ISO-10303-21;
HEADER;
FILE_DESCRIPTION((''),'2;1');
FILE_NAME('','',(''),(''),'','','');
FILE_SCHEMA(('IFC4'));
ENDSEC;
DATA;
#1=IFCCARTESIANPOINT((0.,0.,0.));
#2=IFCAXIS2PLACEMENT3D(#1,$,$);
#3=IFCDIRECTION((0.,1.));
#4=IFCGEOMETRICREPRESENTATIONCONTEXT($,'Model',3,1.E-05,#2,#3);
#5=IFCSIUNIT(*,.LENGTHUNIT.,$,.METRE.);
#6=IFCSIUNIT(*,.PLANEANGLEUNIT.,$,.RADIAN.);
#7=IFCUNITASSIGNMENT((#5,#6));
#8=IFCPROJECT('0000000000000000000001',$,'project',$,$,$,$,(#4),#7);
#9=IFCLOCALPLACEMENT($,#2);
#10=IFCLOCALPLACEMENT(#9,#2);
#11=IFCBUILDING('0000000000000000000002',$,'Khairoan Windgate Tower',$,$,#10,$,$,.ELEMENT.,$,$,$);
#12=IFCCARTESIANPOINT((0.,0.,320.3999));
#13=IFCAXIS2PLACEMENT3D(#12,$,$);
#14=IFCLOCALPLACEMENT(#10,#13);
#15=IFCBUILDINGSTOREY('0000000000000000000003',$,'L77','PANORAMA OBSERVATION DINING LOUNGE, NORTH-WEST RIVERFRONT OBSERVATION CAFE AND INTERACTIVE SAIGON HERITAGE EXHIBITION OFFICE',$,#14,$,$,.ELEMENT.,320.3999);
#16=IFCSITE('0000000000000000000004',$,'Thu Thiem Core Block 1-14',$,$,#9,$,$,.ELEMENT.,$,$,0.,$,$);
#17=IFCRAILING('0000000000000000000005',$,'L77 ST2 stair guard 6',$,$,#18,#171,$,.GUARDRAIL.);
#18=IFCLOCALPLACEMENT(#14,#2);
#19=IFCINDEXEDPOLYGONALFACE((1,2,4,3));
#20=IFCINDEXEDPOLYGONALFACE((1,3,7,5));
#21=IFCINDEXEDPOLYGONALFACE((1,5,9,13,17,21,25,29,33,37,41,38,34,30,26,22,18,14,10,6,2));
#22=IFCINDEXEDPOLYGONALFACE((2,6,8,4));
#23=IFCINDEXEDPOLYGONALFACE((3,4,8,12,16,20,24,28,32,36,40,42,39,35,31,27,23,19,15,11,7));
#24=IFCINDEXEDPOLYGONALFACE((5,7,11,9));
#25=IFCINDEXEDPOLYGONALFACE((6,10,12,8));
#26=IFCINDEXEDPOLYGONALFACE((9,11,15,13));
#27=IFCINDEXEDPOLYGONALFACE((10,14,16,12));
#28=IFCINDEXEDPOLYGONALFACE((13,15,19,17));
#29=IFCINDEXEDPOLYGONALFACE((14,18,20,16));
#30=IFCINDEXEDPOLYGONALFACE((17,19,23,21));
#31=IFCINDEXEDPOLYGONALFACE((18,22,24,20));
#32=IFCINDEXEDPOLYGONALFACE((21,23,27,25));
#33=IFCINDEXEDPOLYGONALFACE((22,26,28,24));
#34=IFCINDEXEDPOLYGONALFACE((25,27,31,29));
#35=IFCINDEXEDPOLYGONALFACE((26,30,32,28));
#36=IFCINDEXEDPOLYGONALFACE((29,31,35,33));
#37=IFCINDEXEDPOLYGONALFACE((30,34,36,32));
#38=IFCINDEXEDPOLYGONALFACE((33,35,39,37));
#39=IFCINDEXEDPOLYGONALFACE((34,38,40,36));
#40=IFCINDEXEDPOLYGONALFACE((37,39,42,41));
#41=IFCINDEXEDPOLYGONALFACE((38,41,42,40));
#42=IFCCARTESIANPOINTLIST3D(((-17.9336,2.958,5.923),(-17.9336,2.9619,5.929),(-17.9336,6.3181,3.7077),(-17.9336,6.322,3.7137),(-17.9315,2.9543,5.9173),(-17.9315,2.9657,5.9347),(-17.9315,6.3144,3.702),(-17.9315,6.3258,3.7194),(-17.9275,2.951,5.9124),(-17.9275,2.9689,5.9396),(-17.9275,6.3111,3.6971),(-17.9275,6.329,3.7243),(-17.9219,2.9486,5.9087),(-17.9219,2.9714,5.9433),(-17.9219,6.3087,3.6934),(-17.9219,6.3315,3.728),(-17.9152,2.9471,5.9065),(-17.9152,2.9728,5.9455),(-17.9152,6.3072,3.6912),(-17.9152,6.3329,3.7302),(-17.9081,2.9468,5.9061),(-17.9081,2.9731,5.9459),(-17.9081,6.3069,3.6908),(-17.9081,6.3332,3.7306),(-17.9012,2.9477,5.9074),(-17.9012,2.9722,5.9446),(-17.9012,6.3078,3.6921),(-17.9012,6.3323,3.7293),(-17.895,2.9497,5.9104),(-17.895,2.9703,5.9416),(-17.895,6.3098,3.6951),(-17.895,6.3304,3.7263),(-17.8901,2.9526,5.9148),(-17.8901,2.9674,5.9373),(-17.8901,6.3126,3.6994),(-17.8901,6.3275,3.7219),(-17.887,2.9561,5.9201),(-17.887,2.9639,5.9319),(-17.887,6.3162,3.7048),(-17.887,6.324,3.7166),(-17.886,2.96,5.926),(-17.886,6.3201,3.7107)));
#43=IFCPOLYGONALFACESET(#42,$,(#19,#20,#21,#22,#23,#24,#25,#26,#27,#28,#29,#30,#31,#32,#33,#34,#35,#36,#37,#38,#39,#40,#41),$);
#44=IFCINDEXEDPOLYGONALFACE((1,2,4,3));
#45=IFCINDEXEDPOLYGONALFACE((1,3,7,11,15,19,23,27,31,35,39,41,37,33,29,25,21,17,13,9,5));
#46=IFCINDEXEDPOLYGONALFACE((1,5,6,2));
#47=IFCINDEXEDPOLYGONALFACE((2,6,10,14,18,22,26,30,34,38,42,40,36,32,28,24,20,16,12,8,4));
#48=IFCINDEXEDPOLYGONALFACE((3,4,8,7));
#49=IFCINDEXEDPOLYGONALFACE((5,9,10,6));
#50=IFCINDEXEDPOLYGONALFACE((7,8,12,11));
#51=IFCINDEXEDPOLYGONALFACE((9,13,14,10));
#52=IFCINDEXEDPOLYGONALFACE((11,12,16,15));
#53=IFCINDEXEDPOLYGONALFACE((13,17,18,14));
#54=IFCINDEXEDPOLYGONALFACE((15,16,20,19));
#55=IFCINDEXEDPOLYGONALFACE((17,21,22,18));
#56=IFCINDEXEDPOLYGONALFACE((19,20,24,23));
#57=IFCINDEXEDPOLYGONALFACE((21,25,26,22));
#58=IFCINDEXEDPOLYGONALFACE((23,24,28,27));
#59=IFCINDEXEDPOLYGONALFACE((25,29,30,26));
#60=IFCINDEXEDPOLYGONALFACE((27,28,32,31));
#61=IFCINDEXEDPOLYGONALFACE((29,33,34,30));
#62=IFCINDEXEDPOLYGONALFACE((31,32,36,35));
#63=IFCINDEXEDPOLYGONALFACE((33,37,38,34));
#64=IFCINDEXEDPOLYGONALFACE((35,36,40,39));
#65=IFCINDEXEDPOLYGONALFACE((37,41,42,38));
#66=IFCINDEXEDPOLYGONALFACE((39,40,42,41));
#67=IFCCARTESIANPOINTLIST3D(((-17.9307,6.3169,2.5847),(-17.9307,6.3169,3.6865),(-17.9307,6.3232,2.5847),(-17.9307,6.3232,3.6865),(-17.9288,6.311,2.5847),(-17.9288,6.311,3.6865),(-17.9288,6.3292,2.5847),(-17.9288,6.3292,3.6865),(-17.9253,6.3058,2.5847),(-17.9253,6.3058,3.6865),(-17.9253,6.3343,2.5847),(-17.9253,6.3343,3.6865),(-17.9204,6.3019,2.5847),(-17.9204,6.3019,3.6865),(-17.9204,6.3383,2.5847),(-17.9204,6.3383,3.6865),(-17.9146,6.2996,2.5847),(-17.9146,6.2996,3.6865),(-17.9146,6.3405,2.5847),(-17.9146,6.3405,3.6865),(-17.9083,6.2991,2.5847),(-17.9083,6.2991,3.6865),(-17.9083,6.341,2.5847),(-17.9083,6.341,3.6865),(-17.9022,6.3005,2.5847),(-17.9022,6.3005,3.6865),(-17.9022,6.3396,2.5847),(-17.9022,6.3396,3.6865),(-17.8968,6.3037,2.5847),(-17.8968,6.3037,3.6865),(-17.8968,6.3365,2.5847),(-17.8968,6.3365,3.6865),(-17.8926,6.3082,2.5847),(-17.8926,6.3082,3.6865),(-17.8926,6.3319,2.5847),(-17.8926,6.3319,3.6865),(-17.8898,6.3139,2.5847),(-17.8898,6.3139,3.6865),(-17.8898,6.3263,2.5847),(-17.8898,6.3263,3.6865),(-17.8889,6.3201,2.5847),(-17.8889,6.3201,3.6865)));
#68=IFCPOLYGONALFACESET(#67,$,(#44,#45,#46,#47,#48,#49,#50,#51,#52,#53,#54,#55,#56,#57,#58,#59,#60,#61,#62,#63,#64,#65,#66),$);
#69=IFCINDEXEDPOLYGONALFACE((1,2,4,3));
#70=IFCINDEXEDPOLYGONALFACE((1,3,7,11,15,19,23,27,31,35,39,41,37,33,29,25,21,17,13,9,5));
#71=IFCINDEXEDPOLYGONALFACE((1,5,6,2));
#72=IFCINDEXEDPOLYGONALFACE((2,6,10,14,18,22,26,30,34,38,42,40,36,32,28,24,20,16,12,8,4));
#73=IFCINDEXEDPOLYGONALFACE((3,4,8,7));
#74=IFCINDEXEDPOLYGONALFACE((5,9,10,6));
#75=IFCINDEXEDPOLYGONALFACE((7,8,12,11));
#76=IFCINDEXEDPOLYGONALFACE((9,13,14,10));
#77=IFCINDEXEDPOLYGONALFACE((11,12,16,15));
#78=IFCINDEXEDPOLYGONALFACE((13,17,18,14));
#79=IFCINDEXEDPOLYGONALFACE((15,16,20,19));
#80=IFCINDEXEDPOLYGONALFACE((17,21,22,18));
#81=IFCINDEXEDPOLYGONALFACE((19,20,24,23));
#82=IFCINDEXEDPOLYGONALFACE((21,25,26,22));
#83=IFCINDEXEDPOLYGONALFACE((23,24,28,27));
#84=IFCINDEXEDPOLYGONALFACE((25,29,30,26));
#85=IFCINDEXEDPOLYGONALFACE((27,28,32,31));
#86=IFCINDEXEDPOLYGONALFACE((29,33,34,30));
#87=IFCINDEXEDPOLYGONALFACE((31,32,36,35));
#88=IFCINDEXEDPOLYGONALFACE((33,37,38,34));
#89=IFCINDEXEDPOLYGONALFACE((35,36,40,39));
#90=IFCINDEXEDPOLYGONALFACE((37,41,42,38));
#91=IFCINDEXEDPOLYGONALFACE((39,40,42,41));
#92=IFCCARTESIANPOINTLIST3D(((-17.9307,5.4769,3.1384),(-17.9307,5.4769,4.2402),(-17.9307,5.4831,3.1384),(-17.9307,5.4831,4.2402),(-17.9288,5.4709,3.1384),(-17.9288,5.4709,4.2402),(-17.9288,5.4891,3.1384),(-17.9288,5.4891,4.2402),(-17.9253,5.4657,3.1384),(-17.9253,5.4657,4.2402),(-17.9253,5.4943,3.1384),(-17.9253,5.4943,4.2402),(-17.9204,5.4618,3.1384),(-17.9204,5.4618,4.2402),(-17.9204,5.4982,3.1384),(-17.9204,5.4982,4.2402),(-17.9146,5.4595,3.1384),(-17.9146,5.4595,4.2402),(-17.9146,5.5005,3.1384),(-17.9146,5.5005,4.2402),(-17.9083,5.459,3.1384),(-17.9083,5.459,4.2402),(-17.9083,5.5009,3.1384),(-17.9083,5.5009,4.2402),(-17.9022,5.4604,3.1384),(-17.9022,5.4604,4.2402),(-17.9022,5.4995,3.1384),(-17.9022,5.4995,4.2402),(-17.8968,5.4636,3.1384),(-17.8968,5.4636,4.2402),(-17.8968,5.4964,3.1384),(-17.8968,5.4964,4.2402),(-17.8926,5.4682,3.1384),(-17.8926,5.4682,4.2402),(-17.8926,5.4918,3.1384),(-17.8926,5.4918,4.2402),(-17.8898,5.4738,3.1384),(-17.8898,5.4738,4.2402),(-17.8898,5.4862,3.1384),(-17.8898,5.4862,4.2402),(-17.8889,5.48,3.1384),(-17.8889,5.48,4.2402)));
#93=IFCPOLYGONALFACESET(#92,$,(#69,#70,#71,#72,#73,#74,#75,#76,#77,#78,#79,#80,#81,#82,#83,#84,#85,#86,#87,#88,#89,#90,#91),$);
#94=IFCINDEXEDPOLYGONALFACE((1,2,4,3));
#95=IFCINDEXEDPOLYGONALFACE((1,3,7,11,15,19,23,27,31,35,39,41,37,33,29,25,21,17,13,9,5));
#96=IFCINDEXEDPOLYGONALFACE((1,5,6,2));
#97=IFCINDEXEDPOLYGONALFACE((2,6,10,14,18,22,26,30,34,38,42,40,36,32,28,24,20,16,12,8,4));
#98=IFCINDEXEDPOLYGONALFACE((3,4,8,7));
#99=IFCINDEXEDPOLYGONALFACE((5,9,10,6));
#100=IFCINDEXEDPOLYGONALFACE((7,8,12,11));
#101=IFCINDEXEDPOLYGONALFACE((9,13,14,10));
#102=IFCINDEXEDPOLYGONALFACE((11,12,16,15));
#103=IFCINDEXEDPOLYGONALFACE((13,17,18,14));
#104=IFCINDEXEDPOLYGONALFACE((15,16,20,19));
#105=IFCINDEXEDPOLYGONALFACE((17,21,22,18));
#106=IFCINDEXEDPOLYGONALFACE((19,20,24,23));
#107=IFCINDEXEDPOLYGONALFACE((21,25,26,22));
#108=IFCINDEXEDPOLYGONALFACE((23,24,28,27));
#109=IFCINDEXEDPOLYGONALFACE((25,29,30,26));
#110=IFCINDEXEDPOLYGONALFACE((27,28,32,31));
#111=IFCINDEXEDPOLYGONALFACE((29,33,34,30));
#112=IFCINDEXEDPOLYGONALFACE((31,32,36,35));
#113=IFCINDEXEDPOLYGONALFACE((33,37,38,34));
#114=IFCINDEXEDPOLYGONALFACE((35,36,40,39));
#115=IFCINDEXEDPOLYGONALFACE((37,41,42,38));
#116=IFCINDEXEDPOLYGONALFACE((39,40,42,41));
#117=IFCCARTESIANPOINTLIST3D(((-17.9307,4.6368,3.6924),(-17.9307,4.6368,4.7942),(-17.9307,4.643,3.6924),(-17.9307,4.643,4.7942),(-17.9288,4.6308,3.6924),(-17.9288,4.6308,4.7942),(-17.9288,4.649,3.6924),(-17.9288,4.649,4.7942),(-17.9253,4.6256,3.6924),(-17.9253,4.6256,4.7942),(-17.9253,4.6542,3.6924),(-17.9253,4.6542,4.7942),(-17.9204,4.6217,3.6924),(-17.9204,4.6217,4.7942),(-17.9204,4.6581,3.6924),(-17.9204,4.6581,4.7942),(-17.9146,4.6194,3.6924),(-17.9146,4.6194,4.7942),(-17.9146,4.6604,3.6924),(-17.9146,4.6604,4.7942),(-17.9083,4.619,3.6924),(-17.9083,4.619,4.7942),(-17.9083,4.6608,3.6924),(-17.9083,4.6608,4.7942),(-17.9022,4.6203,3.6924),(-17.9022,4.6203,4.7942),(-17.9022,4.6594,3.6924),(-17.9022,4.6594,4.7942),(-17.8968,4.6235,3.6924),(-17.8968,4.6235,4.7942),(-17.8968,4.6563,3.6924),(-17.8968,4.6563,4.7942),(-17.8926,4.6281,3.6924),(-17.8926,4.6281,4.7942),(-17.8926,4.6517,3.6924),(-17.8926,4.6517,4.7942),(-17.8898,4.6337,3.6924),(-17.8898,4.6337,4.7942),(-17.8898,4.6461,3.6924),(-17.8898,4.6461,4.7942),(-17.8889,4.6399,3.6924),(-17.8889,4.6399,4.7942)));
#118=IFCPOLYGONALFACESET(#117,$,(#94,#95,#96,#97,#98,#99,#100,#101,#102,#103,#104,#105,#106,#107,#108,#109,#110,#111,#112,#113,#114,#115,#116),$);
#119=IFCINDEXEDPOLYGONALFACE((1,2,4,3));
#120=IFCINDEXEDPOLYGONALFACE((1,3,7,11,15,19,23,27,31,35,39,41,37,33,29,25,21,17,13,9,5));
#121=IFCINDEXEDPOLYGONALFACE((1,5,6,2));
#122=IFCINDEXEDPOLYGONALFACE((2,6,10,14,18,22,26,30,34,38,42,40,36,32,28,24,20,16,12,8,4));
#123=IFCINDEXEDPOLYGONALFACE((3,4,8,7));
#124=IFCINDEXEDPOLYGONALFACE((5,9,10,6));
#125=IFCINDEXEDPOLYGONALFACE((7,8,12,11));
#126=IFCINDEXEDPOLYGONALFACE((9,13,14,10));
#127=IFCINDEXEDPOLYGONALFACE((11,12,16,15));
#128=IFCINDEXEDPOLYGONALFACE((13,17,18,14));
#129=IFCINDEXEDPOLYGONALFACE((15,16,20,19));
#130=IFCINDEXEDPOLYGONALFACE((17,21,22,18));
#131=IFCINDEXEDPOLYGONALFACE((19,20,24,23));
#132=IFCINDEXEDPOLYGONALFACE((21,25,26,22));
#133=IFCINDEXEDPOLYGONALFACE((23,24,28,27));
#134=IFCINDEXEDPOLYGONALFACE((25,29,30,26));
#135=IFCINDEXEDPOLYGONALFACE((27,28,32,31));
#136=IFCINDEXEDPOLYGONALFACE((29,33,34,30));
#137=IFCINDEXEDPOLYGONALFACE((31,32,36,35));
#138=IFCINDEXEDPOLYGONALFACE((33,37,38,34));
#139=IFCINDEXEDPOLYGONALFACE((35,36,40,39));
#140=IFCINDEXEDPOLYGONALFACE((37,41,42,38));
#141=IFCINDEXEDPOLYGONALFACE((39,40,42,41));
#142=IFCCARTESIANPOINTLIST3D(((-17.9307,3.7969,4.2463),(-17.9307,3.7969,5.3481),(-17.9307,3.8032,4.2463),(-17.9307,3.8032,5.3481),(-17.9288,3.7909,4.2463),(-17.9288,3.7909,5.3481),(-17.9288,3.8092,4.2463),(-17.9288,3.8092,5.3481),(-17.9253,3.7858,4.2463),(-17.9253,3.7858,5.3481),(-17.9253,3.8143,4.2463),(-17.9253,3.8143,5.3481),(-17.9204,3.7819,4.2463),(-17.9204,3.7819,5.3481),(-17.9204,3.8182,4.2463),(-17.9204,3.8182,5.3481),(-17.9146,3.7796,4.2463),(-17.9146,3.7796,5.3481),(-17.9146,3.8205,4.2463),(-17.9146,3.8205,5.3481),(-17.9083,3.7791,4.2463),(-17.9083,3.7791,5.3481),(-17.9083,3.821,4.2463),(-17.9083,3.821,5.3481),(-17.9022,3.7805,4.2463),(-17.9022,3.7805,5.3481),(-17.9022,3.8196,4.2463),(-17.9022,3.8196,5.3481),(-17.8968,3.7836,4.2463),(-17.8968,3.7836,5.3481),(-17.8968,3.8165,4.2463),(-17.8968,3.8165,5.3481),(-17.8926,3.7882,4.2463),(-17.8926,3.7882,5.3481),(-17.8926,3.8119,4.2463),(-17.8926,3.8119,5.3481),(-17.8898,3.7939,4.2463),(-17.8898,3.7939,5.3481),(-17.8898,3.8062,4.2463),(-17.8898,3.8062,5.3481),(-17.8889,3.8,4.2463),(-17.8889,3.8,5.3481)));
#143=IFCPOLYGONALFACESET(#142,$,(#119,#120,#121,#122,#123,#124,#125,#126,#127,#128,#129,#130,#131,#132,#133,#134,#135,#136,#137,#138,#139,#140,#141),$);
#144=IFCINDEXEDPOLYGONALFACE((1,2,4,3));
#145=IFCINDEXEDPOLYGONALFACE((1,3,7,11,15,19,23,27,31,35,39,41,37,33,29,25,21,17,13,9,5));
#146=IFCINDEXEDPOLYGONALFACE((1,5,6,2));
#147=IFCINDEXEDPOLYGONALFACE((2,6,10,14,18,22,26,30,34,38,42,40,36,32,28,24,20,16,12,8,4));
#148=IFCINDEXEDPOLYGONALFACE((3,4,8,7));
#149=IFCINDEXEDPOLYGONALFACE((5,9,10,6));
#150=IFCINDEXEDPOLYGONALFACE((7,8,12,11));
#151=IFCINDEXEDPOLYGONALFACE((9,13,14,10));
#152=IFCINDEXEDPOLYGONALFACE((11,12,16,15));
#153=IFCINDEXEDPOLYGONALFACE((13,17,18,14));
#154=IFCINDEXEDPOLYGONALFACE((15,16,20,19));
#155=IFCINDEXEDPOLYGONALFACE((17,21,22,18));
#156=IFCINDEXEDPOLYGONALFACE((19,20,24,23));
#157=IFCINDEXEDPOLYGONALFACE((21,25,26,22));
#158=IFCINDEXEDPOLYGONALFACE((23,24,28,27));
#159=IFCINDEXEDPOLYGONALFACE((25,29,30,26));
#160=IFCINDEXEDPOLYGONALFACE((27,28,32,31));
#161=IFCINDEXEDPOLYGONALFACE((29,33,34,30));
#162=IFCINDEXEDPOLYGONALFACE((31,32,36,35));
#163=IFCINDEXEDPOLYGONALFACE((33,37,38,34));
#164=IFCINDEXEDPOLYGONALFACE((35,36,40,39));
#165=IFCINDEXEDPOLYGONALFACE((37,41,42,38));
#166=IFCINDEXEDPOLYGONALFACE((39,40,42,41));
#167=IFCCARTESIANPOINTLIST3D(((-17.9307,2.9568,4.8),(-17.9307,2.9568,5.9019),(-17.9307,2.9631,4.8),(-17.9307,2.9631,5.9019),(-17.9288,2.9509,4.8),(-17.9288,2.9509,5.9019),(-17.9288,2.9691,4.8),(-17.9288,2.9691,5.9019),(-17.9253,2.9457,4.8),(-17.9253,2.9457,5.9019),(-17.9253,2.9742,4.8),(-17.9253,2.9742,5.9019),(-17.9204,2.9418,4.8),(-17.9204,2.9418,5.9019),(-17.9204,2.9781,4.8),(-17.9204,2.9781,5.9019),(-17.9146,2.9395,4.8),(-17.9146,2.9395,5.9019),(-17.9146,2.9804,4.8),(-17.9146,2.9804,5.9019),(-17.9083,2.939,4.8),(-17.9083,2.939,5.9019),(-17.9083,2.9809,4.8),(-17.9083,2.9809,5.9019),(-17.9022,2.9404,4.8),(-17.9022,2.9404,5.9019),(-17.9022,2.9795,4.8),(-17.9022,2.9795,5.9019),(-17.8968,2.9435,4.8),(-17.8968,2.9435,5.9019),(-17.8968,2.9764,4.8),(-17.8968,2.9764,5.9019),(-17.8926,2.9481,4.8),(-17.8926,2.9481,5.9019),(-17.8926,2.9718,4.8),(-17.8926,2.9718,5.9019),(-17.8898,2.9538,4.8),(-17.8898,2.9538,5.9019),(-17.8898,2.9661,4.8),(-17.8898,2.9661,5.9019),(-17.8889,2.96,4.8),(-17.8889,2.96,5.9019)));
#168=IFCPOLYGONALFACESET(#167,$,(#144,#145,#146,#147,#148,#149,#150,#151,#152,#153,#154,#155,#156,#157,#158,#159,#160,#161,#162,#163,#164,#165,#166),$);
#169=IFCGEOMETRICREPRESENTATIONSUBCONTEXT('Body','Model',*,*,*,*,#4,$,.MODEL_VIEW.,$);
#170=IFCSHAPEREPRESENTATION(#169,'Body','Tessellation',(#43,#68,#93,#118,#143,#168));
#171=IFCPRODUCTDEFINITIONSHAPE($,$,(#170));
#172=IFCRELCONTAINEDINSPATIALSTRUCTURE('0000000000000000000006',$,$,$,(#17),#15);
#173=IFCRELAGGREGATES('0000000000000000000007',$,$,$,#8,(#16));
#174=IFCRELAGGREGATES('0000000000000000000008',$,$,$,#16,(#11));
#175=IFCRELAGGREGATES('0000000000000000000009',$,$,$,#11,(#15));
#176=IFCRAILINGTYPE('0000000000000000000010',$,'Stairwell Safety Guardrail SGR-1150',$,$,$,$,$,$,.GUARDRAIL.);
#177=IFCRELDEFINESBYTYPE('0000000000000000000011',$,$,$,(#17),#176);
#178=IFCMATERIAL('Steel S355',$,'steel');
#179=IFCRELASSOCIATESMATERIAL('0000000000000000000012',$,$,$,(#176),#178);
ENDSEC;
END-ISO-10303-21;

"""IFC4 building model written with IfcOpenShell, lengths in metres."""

from ifc_helpers import new_model, si_unit, direction, frame, origin, origin_2d, place, context, subcontext, project, spatial, circle, extrude, material, type_object, element, save


model = new_model("IFC4")

# Units and contexts
model_context = context("Model", 3, precision=1e-05, world=origin(), true_north=direction((0.0, 1.0)))
body_context = subcontext(model_context, "Body", "Model", "MODEL_VIEW")
ifc_project = project(units=[si_unit("LENGTHUNIT", "METRE"), si_unit("PLANEANGLEUNIT", "RADIAN")], contexts=[model_context])

# Site, building, storey
site_placement = place(None, origin())
site = spatial("IfcSite", under=ifc_project, at=site_placement, Name="Thu Thiem Core Block 1-14", CompositionType="ELEMENT", RefElevation=0.0)
building_placement = place(site_placement, origin())
building = spatial("IfcBuilding", under=site, at=building_placement, Name="Khairoan Windgate Tower", CompositionType="ELEMENT")
storey_placement = place(building_placement, frame((0.0, 0.0, 320.3999)))
storey = spatial("IfcBuildingStorey", under=building, at=storey_placement, Name="L77", Description="PANORAMA OBSERVATION DINING LOUNGE, NORTH-WEST RIVERFRONT OBSERVATION CAFE AND INTERACTIVE SAIGON HERITAGE EXHIBITION OFFICE", CompositionType="ELEMENT", Elevation=320.3999)

# Railing
ifc_material_1 = material(Name="Steel S355", Category="steel")
railing_type_1 = type_object("IfcRailingType", Name="Stairwell Safety Guardrail SGR-1150", PredefinedType="GUARDRAIL", material=ifc_material_1)
railing_1_placement = place(storey_placement, frame((-17.9099, 6.3201, 2.5847)))
element("IfcRailing", 1, at=railing_1_placement, inside=storey, type_object=railing_type_1, Name="L77 ST2 stair guard 6", PredefinedType="GUARDRAIL", context=body_context, shape_type="SweptSolid", body=[
    extrude(circle(Radius=0.0239, at=origin_2d()), frame((0.0, 0.0, 1.126), z_axis=(0.0, -0.834876, 0.550437), x_axis=(1.0, 0.0, 0.0)), (0.0, 0.0, 1.0), 4.0247),
    extrude(circle(Radius=0.021, at=origin_2d()), origin(), (0.0, 0.0, 1.0), 1.1018),
    extrude(circle(Radius=0.021, at=origin_2d()), frame((0.0, -0.8401, 0.5537)), (0.0, 0.0, 1.0), 1.1018),
    extrude(circle(Radius=0.021, at=origin_2d()), frame((0.0, -1.6802, 1.1077)), (0.0, 0.0, 1.0), 1.1018),
    extrude(circle(Radius=0.021, at=origin_2d()), frame((0.0, -2.52, 1.6616)), (0.0, 0.0, 1.0), 1.1018),
    extrude(circle(Radius=0.021, at=origin_2d()), frame((0.0, -3.3601, 2.2153)), (0.0, 0.0, 1.0), 1.1018),
])

save(model, "model.ifc")
